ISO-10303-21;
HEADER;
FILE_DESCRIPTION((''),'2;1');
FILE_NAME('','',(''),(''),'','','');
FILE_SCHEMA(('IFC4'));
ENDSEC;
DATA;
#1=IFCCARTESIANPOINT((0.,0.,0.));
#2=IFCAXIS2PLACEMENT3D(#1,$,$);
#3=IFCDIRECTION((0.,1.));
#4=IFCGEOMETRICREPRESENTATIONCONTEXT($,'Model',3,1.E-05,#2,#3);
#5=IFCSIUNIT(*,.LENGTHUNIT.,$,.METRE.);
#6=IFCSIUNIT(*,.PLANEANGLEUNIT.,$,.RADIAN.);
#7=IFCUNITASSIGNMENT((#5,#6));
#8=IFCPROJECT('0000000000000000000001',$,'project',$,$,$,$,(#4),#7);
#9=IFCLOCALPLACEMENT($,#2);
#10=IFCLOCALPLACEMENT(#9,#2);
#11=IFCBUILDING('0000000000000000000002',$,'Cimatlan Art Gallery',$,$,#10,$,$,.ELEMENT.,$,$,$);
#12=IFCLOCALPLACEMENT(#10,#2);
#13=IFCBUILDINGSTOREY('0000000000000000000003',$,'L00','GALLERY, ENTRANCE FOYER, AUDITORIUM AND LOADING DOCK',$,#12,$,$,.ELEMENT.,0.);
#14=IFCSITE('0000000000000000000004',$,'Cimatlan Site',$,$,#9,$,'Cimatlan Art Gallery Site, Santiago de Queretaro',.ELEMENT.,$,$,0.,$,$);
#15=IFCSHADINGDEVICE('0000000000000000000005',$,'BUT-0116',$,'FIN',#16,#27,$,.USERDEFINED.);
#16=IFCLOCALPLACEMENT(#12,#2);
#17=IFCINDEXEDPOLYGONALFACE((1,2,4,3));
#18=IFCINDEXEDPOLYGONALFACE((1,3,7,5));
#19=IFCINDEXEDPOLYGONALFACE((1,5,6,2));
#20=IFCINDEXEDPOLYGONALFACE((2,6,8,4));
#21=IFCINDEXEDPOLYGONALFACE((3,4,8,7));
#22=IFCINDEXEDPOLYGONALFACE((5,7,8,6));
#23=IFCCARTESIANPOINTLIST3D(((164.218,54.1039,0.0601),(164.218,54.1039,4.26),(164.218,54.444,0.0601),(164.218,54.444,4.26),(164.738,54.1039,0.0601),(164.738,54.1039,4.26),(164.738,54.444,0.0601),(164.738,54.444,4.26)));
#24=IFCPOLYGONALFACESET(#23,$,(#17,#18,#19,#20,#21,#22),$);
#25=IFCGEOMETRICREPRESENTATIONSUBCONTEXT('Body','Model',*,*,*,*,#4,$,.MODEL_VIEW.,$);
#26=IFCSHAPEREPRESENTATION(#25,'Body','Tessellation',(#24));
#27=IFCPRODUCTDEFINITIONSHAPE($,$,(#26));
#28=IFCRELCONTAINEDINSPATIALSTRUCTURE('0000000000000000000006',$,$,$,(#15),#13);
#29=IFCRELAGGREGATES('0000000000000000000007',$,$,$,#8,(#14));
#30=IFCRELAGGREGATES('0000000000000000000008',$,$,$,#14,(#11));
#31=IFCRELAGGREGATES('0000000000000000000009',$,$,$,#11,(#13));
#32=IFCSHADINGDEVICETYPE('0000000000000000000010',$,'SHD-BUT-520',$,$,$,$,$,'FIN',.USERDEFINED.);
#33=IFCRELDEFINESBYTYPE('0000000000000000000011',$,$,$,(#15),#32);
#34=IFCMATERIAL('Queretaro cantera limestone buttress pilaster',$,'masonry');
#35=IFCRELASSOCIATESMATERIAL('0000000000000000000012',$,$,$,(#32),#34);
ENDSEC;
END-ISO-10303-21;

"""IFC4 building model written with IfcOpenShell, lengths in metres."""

from ifc_helpers import new_model, si_unit, direction, frame, origin, origin_2d, place, context, subcontext, project, spatial, rectangle, extrude, material, type_object, element, save


model = new_model("IFC4")

# Units and contexts
model_context = context("Model", 3, precision=1e-05, world=origin(), true_north=direction((0.0, 1.0)))
body_context = subcontext(model_context, "Body", "Model", "MODEL_VIEW")
ifc_project = project(units=[si_unit("LENGTHUNIT", "METRE"), si_unit("PLANEANGLEUNIT", "RADIAN")], contexts=[model_context])

# Site, building, storey
site_placement = place(None, origin())
site = spatial("IfcSite", under=ifc_project, at=site_placement, Name="Cimatlan Site", LongName="Cimatlan Art Gallery Site, Santiago de Queretaro", CompositionType="ELEMENT", RefElevation=0.0)
building_placement = place(site_placement, origin())
building = spatial("IfcBuilding", under=site, at=building_placement, Name="Cimatlan Art Gallery", CompositionType="ELEMENT")
storey_placement = place(building_placement, origin())
storey = spatial("IfcBuildingStorey", under=building, at=storey_placement, Name="L00", Description="GALLERY, ENTRANCE FOYER, AUDITORIUM AND LOADING DOCK", CompositionType="ELEMENT", Elevation=0.0)

# Shading device
ifc_material_1 = material(Name="Queretaro cantera limestone buttress pilaster", Category="masonry")
shading_device_type = type_object("IfcShadingDeviceType", Name="SHD-BUT-520", ElementType="FIN", PredefinedType="USERDEFINED", material=ifc_material_1)
for number, where, z_axis, x_axis, name in (
    (1, (164.478, 54.2739, 0.0601), (0.0, 0.0, 1.0), (0.0, -1.0, 0.0), "BUT-0116"),
):
    element("IfcShadingDevice", number, at=place(storey_placement, frame(where, z_axis=z_axis, x_axis=x_axis)), inside=storey, type_object=shading_device_type, Name=name, ObjectType="FIN", PredefinedType="USERDEFINED", context=body_context, shape_type="SweptSolid", body=[
        extrude(rectangle(XDim=0.3401, YDim=0.52, at=origin_2d()), origin(), (0.0, 0.0, 1.0), 4.2),
    ])

save(model, "model.ifc")
